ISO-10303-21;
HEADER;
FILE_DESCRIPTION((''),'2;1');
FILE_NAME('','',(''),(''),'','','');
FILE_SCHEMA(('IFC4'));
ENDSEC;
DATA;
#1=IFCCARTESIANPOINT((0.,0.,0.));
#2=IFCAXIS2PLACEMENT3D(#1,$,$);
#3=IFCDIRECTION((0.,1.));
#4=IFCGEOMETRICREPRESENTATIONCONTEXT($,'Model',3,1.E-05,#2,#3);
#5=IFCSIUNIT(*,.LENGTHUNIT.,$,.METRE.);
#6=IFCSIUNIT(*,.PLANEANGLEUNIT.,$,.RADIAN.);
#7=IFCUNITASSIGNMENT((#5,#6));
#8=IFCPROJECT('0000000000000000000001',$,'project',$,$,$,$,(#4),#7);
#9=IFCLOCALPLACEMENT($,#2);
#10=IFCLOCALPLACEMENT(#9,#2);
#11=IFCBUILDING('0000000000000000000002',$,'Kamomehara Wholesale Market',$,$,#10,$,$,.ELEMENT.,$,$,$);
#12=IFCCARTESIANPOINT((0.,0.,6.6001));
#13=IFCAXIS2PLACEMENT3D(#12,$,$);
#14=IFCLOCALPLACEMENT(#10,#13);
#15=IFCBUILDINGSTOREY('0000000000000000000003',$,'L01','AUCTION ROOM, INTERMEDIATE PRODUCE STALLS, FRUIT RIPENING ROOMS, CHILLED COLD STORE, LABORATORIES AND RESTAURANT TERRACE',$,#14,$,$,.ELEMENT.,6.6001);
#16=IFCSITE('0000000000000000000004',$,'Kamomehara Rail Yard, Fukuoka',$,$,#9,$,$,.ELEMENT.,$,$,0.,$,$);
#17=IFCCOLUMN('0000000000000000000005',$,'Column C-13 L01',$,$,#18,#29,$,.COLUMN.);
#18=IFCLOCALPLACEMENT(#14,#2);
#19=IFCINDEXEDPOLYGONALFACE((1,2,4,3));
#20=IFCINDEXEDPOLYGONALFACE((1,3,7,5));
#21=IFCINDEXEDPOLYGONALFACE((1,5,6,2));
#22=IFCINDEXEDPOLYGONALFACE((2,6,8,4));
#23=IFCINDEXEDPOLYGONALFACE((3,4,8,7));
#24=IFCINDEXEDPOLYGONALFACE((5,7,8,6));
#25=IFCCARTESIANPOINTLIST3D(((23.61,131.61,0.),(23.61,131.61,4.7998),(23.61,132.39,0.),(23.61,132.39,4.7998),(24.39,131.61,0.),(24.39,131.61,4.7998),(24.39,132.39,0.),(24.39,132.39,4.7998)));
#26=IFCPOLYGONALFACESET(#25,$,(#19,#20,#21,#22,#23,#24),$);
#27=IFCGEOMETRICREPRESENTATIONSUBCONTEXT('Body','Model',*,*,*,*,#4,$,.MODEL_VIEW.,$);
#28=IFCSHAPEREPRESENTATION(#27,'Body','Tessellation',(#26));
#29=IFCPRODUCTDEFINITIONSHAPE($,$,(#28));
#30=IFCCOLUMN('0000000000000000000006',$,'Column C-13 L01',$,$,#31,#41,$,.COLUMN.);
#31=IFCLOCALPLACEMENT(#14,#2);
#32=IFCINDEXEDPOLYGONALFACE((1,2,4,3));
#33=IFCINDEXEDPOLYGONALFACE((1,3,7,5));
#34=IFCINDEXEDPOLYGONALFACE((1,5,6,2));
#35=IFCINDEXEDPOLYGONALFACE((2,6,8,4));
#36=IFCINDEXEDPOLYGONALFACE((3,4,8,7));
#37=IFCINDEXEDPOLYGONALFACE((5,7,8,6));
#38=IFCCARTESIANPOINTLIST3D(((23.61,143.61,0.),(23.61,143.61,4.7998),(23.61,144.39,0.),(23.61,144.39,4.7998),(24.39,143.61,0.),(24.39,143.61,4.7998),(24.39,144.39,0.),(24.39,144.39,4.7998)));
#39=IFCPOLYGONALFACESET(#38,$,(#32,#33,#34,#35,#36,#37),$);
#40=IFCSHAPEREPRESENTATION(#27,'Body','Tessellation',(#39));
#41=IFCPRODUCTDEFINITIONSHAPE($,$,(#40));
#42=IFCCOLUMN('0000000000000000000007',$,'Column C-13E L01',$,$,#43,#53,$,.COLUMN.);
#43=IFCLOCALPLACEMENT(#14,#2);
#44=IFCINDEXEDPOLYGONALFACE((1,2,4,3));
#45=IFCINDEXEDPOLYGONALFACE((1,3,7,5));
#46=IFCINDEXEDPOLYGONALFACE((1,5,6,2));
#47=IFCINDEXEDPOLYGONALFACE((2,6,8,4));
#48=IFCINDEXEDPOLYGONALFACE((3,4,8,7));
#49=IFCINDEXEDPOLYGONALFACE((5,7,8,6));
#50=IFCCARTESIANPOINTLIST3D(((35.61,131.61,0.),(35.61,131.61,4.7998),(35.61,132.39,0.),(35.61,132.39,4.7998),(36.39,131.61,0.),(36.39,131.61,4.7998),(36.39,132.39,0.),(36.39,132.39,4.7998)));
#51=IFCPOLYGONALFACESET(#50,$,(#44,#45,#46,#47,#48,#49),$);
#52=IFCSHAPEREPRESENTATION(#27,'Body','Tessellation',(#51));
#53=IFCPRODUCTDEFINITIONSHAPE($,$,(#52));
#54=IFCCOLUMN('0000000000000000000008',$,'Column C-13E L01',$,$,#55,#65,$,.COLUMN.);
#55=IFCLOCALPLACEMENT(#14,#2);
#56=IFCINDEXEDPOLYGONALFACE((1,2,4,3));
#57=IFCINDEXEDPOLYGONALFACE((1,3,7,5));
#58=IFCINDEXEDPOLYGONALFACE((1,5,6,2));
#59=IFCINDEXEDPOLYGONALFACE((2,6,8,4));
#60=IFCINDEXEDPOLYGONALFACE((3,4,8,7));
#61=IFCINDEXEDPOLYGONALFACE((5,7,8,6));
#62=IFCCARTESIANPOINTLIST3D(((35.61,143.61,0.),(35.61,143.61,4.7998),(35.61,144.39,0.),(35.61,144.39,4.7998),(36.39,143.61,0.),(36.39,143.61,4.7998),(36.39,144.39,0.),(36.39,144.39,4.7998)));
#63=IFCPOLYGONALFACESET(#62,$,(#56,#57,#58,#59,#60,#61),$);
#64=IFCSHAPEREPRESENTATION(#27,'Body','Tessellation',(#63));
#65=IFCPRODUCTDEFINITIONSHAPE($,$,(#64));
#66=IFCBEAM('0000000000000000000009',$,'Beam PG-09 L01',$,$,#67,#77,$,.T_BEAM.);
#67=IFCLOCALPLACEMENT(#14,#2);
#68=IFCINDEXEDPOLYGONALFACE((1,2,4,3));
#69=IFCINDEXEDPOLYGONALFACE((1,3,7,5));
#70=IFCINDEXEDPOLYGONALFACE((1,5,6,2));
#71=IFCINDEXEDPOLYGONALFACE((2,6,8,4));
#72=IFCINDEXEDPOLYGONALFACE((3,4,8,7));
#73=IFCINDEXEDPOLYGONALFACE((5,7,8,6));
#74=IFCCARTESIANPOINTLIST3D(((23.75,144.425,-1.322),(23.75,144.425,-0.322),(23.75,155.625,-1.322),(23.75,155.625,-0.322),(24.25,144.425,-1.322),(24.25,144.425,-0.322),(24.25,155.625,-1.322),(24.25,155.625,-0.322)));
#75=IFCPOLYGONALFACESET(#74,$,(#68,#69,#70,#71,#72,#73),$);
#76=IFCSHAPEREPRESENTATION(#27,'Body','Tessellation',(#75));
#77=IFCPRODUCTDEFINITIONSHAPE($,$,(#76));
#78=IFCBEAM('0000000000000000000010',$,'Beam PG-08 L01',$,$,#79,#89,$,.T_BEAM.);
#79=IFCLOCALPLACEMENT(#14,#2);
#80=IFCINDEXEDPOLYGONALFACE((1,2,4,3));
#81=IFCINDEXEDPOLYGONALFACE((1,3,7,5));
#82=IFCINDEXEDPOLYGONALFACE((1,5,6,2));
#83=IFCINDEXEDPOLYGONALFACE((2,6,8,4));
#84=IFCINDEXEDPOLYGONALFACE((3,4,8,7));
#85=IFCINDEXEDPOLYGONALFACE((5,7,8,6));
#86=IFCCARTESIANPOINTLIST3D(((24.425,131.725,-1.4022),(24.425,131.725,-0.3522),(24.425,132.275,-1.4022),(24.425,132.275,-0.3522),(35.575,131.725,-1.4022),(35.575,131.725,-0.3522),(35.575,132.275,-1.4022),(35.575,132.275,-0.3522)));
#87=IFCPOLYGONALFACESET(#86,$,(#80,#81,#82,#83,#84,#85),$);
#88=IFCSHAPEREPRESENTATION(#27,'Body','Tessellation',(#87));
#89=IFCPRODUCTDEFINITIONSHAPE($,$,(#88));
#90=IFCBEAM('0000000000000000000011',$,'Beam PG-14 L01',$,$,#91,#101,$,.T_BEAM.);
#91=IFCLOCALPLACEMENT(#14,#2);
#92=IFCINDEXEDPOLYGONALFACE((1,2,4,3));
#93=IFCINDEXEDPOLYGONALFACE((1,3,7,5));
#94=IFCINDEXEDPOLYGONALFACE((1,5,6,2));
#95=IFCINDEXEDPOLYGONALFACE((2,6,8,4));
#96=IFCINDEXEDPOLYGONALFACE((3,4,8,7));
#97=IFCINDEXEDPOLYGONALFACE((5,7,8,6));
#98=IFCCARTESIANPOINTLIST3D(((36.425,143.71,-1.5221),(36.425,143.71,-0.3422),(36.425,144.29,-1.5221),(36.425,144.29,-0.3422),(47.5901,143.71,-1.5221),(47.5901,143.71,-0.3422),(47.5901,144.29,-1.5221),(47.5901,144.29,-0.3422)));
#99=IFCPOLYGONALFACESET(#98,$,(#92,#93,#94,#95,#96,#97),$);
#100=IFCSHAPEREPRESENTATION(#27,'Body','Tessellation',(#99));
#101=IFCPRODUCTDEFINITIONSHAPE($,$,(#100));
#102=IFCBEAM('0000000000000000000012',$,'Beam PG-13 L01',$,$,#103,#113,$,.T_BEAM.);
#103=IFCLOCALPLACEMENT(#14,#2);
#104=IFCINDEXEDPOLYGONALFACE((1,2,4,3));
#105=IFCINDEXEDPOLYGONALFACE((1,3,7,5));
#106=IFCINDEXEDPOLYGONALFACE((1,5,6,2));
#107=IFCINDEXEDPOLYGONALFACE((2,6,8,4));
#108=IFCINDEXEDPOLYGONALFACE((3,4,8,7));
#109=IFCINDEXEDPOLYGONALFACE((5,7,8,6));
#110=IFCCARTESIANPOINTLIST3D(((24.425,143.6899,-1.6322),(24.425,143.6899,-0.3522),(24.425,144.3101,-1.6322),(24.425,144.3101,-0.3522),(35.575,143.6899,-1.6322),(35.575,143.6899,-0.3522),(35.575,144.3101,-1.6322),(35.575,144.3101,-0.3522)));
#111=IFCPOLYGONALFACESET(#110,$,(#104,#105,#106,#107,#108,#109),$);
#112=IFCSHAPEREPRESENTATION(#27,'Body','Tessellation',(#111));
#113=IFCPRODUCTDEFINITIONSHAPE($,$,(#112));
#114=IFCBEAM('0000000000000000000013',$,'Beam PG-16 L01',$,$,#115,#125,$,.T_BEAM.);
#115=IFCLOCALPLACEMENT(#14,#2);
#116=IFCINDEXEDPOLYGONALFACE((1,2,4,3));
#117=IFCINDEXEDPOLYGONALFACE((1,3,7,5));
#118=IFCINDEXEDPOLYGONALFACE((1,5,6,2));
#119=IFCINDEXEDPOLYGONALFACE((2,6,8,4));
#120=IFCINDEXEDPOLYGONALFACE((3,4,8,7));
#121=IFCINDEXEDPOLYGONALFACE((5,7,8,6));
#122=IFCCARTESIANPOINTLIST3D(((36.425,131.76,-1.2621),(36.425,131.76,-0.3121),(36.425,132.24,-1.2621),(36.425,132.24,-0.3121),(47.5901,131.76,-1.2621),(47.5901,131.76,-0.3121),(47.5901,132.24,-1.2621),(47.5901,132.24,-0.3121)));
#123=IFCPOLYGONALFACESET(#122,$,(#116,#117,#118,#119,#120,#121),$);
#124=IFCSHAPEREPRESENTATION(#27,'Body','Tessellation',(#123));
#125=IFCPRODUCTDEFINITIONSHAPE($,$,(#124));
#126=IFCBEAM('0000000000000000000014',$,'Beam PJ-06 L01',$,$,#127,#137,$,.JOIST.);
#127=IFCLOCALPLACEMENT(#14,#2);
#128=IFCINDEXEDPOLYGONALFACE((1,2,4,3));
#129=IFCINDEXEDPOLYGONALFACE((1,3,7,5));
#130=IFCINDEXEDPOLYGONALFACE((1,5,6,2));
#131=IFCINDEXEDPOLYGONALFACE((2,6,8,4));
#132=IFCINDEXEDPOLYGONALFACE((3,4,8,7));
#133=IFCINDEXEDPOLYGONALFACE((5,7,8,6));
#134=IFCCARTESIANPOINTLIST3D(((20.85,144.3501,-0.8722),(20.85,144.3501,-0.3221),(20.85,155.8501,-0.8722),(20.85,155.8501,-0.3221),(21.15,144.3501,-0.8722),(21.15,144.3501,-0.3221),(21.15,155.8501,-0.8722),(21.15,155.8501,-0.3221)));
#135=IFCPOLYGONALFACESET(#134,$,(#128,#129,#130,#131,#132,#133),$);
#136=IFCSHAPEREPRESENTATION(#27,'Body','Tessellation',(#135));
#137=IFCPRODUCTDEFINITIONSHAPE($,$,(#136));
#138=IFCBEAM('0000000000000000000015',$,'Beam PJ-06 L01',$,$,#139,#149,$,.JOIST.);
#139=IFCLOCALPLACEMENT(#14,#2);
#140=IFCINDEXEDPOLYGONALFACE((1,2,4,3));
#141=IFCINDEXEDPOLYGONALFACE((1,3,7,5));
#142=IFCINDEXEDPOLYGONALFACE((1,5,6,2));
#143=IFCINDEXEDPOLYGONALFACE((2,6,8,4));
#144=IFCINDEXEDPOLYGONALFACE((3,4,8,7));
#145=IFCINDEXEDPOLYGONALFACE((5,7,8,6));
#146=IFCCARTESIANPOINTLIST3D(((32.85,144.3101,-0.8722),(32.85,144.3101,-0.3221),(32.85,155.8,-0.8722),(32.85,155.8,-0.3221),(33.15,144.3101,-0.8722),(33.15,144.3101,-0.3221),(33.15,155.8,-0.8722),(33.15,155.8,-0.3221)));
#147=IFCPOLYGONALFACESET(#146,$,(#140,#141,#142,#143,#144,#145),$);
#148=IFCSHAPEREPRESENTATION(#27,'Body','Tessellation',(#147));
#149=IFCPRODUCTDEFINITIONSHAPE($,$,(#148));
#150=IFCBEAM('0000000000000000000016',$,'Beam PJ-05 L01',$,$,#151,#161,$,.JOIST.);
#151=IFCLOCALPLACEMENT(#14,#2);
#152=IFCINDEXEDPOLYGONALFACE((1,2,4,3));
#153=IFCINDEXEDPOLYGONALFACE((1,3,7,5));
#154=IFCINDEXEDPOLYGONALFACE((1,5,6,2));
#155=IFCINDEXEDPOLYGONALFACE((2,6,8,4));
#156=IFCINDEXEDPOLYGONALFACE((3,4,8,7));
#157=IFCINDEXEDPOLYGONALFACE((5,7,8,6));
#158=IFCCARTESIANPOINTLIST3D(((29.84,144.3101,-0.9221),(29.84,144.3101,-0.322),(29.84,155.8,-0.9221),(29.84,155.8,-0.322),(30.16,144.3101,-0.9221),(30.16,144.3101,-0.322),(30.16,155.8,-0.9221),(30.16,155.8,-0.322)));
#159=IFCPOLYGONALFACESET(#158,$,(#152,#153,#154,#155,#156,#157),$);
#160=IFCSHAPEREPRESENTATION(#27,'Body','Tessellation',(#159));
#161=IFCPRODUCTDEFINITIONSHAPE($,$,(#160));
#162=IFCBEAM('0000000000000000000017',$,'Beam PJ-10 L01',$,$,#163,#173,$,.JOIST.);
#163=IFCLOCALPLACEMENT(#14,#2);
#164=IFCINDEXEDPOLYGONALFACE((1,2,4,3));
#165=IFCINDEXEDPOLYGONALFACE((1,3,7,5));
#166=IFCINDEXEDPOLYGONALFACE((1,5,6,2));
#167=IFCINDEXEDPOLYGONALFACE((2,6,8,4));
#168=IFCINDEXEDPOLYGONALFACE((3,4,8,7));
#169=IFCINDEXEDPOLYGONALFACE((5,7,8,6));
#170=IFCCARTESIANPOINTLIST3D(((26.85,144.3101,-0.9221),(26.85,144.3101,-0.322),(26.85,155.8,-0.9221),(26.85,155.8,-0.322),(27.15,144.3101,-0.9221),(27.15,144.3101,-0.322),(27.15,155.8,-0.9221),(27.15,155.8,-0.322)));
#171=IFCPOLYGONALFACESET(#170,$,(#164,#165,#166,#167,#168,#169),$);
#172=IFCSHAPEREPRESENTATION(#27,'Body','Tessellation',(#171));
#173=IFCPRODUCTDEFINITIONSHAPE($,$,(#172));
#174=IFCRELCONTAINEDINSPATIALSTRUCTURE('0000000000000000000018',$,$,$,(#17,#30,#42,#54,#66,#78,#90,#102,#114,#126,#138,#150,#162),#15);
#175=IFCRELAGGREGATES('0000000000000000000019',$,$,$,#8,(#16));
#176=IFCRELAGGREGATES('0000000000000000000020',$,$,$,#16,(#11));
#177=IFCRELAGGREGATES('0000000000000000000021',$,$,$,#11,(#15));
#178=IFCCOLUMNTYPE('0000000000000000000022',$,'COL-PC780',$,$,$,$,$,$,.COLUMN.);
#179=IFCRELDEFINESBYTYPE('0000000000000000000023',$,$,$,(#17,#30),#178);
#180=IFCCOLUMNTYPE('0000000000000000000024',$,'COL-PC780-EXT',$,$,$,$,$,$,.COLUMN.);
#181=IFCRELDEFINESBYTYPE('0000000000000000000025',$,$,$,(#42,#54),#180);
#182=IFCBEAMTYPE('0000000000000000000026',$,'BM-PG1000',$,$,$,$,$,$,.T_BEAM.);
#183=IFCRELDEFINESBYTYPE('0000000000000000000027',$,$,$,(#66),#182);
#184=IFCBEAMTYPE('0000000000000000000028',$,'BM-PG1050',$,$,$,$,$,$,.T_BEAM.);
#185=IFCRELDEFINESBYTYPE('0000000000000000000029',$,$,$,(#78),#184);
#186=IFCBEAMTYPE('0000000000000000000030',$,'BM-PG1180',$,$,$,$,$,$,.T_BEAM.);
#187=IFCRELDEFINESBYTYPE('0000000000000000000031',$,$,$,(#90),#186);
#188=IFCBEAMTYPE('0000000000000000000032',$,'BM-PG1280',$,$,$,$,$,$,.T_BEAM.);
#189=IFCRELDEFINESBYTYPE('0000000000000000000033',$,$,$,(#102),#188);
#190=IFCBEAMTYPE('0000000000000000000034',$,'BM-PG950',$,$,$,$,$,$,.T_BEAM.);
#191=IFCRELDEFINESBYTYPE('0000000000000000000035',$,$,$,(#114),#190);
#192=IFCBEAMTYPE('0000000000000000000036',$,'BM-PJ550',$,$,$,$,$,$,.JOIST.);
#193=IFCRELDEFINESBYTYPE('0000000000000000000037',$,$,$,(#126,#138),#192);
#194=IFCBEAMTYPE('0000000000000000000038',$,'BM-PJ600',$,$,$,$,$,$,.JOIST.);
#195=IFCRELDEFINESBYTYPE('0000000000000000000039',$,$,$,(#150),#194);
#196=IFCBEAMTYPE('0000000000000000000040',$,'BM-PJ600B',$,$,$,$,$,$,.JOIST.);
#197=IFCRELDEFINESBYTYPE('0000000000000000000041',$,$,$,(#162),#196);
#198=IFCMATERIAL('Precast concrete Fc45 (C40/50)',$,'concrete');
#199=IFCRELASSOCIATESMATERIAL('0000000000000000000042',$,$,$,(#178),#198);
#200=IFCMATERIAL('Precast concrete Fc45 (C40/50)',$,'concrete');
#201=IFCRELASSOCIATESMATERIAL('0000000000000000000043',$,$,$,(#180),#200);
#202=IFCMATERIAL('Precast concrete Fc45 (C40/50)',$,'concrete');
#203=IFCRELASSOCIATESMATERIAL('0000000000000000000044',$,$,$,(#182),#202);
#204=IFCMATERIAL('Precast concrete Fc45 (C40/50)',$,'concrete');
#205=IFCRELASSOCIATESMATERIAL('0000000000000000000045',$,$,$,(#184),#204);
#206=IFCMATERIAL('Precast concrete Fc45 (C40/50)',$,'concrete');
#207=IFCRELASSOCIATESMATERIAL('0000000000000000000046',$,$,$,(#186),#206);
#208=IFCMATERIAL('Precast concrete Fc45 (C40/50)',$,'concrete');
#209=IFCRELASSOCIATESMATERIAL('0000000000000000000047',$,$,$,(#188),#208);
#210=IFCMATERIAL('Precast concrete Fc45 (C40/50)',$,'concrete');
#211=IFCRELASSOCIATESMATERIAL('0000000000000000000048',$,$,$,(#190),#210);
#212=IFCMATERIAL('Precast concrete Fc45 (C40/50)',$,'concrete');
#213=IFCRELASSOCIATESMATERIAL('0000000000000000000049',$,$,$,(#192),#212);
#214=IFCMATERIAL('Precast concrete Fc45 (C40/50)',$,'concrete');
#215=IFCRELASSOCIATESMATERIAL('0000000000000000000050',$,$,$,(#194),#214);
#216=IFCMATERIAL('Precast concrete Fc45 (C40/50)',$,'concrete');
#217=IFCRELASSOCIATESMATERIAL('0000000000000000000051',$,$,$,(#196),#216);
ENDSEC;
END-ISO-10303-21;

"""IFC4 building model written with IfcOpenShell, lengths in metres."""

from ifc_helpers import new_model, si_unit, direction, frame, origin, origin_2d, place, context, subcontext, project, spatial, rectangle, extrude, material, material_profile, profile_set, type_object, element, save


model = new_model("IFC4")

# Units and contexts
model_context = context("Model", 3, precision=1e-05, world=origin(), true_north=direction((0.0, 1.0)))
body_context = subcontext(model_context, "Body", "Model", "MODEL_VIEW")
ifc_project = project(units=[si_unit("LENGTHUNIT", "METRE"), si_unit("PLANEANGLEUNIT", "RADIAN")], contexts=[model_context])

# Site, building, storey
site_placement = place(None, origin())
site = spatial("IfcSite", under=ifc_project, at=site_placement, Name="Kamomehara Rail Yard, Fukuoka", CompositionType="ELEMENT", RefElevation=0.0)
building_placement = place(site_placement, origin())
building = spatial("IfcBuilding", under=site, at=building_placement, Name="Kamomehara Wholesale Market", CompositionType="ELEMENT")
storey_placement = place(building_placement, frame((0.0, 0.0, 6.6001)))
storey = spatial("IfcBuildingStorey", under=building, at=storey_placement, Name="L01", Description="AUCTION ROOM, INTERMEDIATE PRODUCE STALLS, FRUIT RIPENING ROOMS, CHILLED COLD STORE, LABORATORIES AND RESTAURANT TERRACE", CompositionType="ELEMENT", Elevation=6.6001)

# Columns
ifc_material_1 = material(Name="Precast concrete Fc45 (C40/50)", Category="concrete")
ifc_material_profile_1 = material_profile(ifc_material_1, rectangle(XDim=0.78, YDim=0.78, at=origin_2d()), Name="PC-COL-780x780")
ifc_profile_set_1 = profile_set([ifc_material_profile_1], Name="Precast concrete Fc45 (C40/50)")
column_type_1 = type_object("IfcColumnType", Name="COL-PC780", PredefinedType="COLUMN", material=ifc_profile_set_1)
for number, where, z_axis, x_axis, name in (
    (1, (24.0, 132.0, 0.0), (0.0, 0.0, 1.0), (1.0, 0.0, 0.0), "Column C-13 L01"),
    (2, (24.0, 144.0, 0.0), (0.0, 0.0, 1.0), (1.0, 0.0, 0.0), "Column C-13 L01"),
):
    element("IfcColumn", number, at=place(storey_placement, frame(where, z_axis=z_axis, x_axis=x_axis)), inside=storey, type_object=column_type_1, Name=name, PredefinedType="COLUMN", context=body_context, shape_type="SweptSolid", body=[
        extrude(rectangle(XDim=0.78, YDim=0.78, at=origin_2d()), origin(), (0.0, 0.0, 1.0), 4.7998),
    ])
ifc_material_2 = material(Name="Precast concrete Fc45 (C40/50)", Category="concrete")
ifc_material_profile_2 = material_profile(ifc_material_2, rectangle(XDim=0.78, YDim=0.78, at=origin_2d()), Name="PC-COL-780x780")
ifc_profile_set_2 = profile_set([ifc_material_profile_2], Name="Precast concrete Fc45 (C40/50)")
column_type_2 = type_object("IfcColumnType", Name="COL-PC780-EXT", PredefinedType="COLUMN", material=ifc_profile_set_2)
for number, where, z_axis, x_axis, name in (
    (3, (36.0, 132.0, 0.0), (0.0, 0.0, 1.0), (1.0, 0.0, 0.0), "Column C-13E L01"),
    (4, (36.0, 144.0, 0.0), (0.0, 0.0, 1.0), (1.0, 0.0, 0.0), "Column C-13E L01"),
):
    element("IfcColumn", number, at=place(storey_placement, frame(where, z_axis=z_axis, x_axis=x_axis)), inside=storey, type_object=column_type_2, Name=name, PredefinedType="COLUMN", context=body_context, shape_type="SweptSolid", body=[
        extrude(rectangle(XDim=0.78, YDim=0.78, at=origin_2d()), origin(), (0.0, 0.0, 1.0), 4.7998),
    ])

# Beams
ifc_material_3 = material(Name="Precast concrete Fc45 (C40/50)", Category="concrete")
ifc_material_profile_3 = material_profile(ifc_material_3, rectangle(XDim=0.5, YDim=1.0, at=origin_2d()), Name="PC-GRD-500x1000")
ifc_profile_set_3 = profile_set([ifc_material_profile_3], Name="Precast concrete Fc45 (C40/50)")
beam_type_1 = type_object("IfcBeamType", Name="BM-PG1000", PredefinedType="T_BEAM", material=ifc_profile_set_3)
beam_1_placement = place(storey_placement, frame((24.0, 144.425, -0.822), z_axis=(0.0, 1.0, 0.0), x_axis=(-1.0, 0.0, 0.0)))
element("IfcBeam", 5, at=beam_1_placement, inside=storey, type_object=beam_type_1, Name="Beam PG-09 L01", PredefinedType="T_BEAM", context=body_context, shape_type="SweptSolid", body=[
    extrude(rectangle(XDim=0.5, YDim=1.0, at=origin_2d()), origin(), (0.0, 0.0, 1.0), 11.2),
])
ifc_material_4 = material(Name="Precast concrete Fc45 (C40/50)", Category="concrete")
ifc_material_profile_4 = material_profile(ifc_material_4, rectangle(XDim=0.55, YDim=1.05, at=origin_2d()), Name="PC-GRD-550x1050")
ifc_profile_set_4 = profile_set([ifc_material_profile_4], Name="Precast concrete Fc45 (C40/50)")
beam_type_2 = type_object("IfcBeamType", Name="BM-PG1050", PredefinedType="T_BEAM", material=ifc_profile_set_4)
beam_2_placement = place(storey_placement, frame((24.425, 132.0, -0.8772), z_axis=(1.0, 0.0, 0.0), x_axis=(0.0, 1.0, 0.0)))
element("IfcBeam", 6, at=beam_2_placement, inside=storey, type_object=beam_type_2, Name="Beam PG-08 L01", PredefinedType="T_BEAM", context=body_context, shape_type="SweptSolid", body=[
    extrude(rectangle(XDim=0.55, YDim=1.05, at=origin_2d()), origin(), (0.0, 0.0, 1.0), 11.1499),
])
ifc_material_5 = material(Name="Precast concrete Fc45 (C40/50)", Category="concrete")
ifc_material_profile_5 = material_profile(ifc_material_5, rectangle(XDim=0.5801, YDim=1.1799, at=origin_2d()), Name="PC-GRD-580x1180")
ifc_profile_set_5 = profile_set([ifc_material_profile_5], Name="Precast concrete Fc45 (C40/50)")
beam_type_3 = type_object("IfcBeamType", Name="BM-PG1180", PredefinedType="T_BEAM", material=ifc_profile_set_5)
beam_3_placement = place(storey_placement, frame((36.425, 144.0, -0.9321), z_axis=(1.0, 0.0, 0.0), x_axis=(0.0, 1.0, 0.0)))
element("IfcBeam", 7, at=beam_3_placement, inside=storey, type_object=beam_type_3, Name="Beam PG-14 L01", PredefinedType="T_BEAM", context=body_context, shape_type="SweptSolid", body=[
    extrude(rectangle(XDim=0.5801, YDim=1.1799, at=origin_2d()), origin(), (0.0, 0.0, 1.0), 11.165),
])
ifc_material_6 = material(Name="Precast concrete Fc45 (C40/50)", Category="concrete")
ifc_material_profile_6 = material_profile(ifc_material_6, rectangle(XDim=0.6201, YDim=1.28, at=origin_2d()), Name="PC-GRD-620x1280")
ifc_profile_set_6 = profile_set([ifc_material_profile_6], Name="Precast concrete Fc45 (C40/50)")
beam_type_4 = type_object("IfcBeamType", Name="BM-PG1280", PredefinedType="T_BEAM", material=ifc_profile_set_6)
beam_4_placement = place(storey_placement, frame((24.425, 144.0, -0.9922), z_axis=(1.0, 0.0, 0.0), x_axis=(0.0, 1.0, 0.0)))
element("IfcBeam", 8, at=beam_4_placement, inside=storey, type_object=beam_type_4, Name="Beam PG-13 L01", PredefinedType="T_BEAM", context=body_context, shape_type="SweptSolid", body=[
    extrude(rectangle(XDim=0.6201, YDim=1.28, at=origin_2d()), origin(), (0.0, 0.0, 1.0), 11.1499),
])
ifc_material_7 = material(Name="Precast concrete Fc45 (C40/50)", Category="concrete")
ifc_material_profile_7 = material_profile(ifc_material_7, rectangle(XDim=0.48, YDim=0.95, at=origin_2d()), Name="PC-GRD-480x950")
ifc_profile_set_7 = profile_set([ifc_material_profile_7], Name="Precast concrete Fc45 (C40/50)")
beam_type_5 = type_object("IfcBeamType", Name="BM-PG950", PredefinedType="T_BEAM", material=ifc_profile_set_7)
beam_5_placement = place(storey_placement, frame((36.425, 132.0, -0.7871), z_axis=(1.0, 0.0, 0.0), x_axis=(0.0, 1.0, 0.0)))
element("IfcBeam", 9, at=beam_5_placement, inside=storey, type_object=beam_type_5, Name="Beam PG-16 L01", PredefinedType="T_BEAM", context=body_context, shape_type="SweptSolid", body=[
    extrude(rectangle(XDim=0.48, YDim=0.95, at=origin_2d()), origin(), (0.0, 0.0, 1.0), 11.165),
])
ifc_material_8 = material(Name="Precast concrete Fc45 (C40/50)", Category="concrete")
ifc_material_profile_8 = material_profile(ifc_material_8, rectangle(XDim=0.3, YDim=0.55, at=origin_2d()), Name="PC-JST-300x550")
ifc_profile_set_8 = profile_set([ifc_material_profile_8], Name="Precast concrete Fc45 (C40/50)")
beam_type_6 = type_object("IfcBeamType", Name="BM-PJ550", PredefinedType="JOIST", material=ifc_profile_set_8)
beam_6_placement = place(storey_placement, frame((21.0, 144.3501, -0.5972), z_axis=(0.0, 1.0, 0.0), x_axis=(-1.0, 0.0, 0.0)))
element("IfcBeam", 10, at=beam_6_placement, inside=storey, type_object=beam_type_6, Name="Beam PJ-06 L01", PredefinedType="JOIST", context=body_context, shape_type="SweptSolid", body=[
    extrude(rectangle(XDim=0.3, YDim=0.55, at=origin_2d()), origin(), (0.0, 0.0, 1.0), 11.5),
])
beam_7_placement = place(storey_placement, frame((33.0, 144.3101, -0.5972), z_axis=(0.0, 1.0, 0.0), x_axis=(-1.0, 0.0, 0.0)))
element("IfcBeam", 11, at=beam_7_placement, inside=storey, type_object=beam_type_6, Name="Beam PJ-06 L01", PredefinedType="JOIST", context=body_context, shape_type="SweptSolid", body=[
    extrude(rectangle(XDim=0.3, YDim=0.55, at=origin_2d()), origin(), (0.0, 0.0, 1.0), 11.49),
])
ifc_material_9 = material(Name="Precast concrete Fc45 (C40/50)", Category="concrete")
ifc_material_profile_9 = material_profile(ifc_material_9, rectangle(XDim=0.3201, YDim=0.6001, at=origin_2d()), Name="PC-JST-320x600")
ifc_profile_set_9 = profile_set([ifc_material_profile_9], Name="Precast concrete Fc45 (C40/50)")
beam_type_7 = type_object("IfcBeamType", Name="BM-PJ600", PredefinedType="JOIST", material=ifc_profile_set_9)
beam_8_placement = place(storey_placement, frame((30.0, 144.3101, -0.6221), z_axis=(0.0, 1.0, 0.0), x_axis=(-1.0, 0.0, 0.0)))
element("IfcBeam", 12, at=beam_8_placement, inside=storey, type_object=beam_type_7, Name="Beam PJ-05 L01", PredefinedType="JOIST", context=body_context, shape_type="SweptSolid", body=[
    extrude(rectangle(XDim=0.3201, YDim=0.6001, at=origin_2d()), origin(), (0.0, 0.0, 1.0), 11.49),
])
ifc_material_10 = material(Name="Precast concrete Fc45 (C40/50)", Category="concrete")
ifc_material_profile_10 = material_profile(ifc_material_10, rectangle(XDim=0.3, YDim=0.6001, at=origin_2d()), Name="PC-JST-300x600")
ifc_profile_set_10 = profile_set([ifc_material_profile_10], Name="Precast concrete Fc45 (C40/50)")
beam_type_8 = type_object("IfcBeamType", Name="BM-PJ600B", PredefinedType="JOIST", material=ifc_profile_set_10)
beam_9_placement = place(storey_placement, frame((27.0, 144.3101, -0.6221), z_axis=(0.0, 1.0, 0.0), x_axis=(-1.0, 0.0, 0.0)))
element("IfcBeam", 13, at=beam_9_placement, inside=storey, type_object=beam_type_8, Name="Beam PJ-10 L01", PredefinedType="JOIST", context=body_context, shape_type="SweptSolid", body=[
    extrude(rectangle(XDim=0.3, YDim=0.6001, at=origin_2d()), origin(), (0.0, 0.0, 1.0), 11.49),
])

save(model, "model.ifc")
